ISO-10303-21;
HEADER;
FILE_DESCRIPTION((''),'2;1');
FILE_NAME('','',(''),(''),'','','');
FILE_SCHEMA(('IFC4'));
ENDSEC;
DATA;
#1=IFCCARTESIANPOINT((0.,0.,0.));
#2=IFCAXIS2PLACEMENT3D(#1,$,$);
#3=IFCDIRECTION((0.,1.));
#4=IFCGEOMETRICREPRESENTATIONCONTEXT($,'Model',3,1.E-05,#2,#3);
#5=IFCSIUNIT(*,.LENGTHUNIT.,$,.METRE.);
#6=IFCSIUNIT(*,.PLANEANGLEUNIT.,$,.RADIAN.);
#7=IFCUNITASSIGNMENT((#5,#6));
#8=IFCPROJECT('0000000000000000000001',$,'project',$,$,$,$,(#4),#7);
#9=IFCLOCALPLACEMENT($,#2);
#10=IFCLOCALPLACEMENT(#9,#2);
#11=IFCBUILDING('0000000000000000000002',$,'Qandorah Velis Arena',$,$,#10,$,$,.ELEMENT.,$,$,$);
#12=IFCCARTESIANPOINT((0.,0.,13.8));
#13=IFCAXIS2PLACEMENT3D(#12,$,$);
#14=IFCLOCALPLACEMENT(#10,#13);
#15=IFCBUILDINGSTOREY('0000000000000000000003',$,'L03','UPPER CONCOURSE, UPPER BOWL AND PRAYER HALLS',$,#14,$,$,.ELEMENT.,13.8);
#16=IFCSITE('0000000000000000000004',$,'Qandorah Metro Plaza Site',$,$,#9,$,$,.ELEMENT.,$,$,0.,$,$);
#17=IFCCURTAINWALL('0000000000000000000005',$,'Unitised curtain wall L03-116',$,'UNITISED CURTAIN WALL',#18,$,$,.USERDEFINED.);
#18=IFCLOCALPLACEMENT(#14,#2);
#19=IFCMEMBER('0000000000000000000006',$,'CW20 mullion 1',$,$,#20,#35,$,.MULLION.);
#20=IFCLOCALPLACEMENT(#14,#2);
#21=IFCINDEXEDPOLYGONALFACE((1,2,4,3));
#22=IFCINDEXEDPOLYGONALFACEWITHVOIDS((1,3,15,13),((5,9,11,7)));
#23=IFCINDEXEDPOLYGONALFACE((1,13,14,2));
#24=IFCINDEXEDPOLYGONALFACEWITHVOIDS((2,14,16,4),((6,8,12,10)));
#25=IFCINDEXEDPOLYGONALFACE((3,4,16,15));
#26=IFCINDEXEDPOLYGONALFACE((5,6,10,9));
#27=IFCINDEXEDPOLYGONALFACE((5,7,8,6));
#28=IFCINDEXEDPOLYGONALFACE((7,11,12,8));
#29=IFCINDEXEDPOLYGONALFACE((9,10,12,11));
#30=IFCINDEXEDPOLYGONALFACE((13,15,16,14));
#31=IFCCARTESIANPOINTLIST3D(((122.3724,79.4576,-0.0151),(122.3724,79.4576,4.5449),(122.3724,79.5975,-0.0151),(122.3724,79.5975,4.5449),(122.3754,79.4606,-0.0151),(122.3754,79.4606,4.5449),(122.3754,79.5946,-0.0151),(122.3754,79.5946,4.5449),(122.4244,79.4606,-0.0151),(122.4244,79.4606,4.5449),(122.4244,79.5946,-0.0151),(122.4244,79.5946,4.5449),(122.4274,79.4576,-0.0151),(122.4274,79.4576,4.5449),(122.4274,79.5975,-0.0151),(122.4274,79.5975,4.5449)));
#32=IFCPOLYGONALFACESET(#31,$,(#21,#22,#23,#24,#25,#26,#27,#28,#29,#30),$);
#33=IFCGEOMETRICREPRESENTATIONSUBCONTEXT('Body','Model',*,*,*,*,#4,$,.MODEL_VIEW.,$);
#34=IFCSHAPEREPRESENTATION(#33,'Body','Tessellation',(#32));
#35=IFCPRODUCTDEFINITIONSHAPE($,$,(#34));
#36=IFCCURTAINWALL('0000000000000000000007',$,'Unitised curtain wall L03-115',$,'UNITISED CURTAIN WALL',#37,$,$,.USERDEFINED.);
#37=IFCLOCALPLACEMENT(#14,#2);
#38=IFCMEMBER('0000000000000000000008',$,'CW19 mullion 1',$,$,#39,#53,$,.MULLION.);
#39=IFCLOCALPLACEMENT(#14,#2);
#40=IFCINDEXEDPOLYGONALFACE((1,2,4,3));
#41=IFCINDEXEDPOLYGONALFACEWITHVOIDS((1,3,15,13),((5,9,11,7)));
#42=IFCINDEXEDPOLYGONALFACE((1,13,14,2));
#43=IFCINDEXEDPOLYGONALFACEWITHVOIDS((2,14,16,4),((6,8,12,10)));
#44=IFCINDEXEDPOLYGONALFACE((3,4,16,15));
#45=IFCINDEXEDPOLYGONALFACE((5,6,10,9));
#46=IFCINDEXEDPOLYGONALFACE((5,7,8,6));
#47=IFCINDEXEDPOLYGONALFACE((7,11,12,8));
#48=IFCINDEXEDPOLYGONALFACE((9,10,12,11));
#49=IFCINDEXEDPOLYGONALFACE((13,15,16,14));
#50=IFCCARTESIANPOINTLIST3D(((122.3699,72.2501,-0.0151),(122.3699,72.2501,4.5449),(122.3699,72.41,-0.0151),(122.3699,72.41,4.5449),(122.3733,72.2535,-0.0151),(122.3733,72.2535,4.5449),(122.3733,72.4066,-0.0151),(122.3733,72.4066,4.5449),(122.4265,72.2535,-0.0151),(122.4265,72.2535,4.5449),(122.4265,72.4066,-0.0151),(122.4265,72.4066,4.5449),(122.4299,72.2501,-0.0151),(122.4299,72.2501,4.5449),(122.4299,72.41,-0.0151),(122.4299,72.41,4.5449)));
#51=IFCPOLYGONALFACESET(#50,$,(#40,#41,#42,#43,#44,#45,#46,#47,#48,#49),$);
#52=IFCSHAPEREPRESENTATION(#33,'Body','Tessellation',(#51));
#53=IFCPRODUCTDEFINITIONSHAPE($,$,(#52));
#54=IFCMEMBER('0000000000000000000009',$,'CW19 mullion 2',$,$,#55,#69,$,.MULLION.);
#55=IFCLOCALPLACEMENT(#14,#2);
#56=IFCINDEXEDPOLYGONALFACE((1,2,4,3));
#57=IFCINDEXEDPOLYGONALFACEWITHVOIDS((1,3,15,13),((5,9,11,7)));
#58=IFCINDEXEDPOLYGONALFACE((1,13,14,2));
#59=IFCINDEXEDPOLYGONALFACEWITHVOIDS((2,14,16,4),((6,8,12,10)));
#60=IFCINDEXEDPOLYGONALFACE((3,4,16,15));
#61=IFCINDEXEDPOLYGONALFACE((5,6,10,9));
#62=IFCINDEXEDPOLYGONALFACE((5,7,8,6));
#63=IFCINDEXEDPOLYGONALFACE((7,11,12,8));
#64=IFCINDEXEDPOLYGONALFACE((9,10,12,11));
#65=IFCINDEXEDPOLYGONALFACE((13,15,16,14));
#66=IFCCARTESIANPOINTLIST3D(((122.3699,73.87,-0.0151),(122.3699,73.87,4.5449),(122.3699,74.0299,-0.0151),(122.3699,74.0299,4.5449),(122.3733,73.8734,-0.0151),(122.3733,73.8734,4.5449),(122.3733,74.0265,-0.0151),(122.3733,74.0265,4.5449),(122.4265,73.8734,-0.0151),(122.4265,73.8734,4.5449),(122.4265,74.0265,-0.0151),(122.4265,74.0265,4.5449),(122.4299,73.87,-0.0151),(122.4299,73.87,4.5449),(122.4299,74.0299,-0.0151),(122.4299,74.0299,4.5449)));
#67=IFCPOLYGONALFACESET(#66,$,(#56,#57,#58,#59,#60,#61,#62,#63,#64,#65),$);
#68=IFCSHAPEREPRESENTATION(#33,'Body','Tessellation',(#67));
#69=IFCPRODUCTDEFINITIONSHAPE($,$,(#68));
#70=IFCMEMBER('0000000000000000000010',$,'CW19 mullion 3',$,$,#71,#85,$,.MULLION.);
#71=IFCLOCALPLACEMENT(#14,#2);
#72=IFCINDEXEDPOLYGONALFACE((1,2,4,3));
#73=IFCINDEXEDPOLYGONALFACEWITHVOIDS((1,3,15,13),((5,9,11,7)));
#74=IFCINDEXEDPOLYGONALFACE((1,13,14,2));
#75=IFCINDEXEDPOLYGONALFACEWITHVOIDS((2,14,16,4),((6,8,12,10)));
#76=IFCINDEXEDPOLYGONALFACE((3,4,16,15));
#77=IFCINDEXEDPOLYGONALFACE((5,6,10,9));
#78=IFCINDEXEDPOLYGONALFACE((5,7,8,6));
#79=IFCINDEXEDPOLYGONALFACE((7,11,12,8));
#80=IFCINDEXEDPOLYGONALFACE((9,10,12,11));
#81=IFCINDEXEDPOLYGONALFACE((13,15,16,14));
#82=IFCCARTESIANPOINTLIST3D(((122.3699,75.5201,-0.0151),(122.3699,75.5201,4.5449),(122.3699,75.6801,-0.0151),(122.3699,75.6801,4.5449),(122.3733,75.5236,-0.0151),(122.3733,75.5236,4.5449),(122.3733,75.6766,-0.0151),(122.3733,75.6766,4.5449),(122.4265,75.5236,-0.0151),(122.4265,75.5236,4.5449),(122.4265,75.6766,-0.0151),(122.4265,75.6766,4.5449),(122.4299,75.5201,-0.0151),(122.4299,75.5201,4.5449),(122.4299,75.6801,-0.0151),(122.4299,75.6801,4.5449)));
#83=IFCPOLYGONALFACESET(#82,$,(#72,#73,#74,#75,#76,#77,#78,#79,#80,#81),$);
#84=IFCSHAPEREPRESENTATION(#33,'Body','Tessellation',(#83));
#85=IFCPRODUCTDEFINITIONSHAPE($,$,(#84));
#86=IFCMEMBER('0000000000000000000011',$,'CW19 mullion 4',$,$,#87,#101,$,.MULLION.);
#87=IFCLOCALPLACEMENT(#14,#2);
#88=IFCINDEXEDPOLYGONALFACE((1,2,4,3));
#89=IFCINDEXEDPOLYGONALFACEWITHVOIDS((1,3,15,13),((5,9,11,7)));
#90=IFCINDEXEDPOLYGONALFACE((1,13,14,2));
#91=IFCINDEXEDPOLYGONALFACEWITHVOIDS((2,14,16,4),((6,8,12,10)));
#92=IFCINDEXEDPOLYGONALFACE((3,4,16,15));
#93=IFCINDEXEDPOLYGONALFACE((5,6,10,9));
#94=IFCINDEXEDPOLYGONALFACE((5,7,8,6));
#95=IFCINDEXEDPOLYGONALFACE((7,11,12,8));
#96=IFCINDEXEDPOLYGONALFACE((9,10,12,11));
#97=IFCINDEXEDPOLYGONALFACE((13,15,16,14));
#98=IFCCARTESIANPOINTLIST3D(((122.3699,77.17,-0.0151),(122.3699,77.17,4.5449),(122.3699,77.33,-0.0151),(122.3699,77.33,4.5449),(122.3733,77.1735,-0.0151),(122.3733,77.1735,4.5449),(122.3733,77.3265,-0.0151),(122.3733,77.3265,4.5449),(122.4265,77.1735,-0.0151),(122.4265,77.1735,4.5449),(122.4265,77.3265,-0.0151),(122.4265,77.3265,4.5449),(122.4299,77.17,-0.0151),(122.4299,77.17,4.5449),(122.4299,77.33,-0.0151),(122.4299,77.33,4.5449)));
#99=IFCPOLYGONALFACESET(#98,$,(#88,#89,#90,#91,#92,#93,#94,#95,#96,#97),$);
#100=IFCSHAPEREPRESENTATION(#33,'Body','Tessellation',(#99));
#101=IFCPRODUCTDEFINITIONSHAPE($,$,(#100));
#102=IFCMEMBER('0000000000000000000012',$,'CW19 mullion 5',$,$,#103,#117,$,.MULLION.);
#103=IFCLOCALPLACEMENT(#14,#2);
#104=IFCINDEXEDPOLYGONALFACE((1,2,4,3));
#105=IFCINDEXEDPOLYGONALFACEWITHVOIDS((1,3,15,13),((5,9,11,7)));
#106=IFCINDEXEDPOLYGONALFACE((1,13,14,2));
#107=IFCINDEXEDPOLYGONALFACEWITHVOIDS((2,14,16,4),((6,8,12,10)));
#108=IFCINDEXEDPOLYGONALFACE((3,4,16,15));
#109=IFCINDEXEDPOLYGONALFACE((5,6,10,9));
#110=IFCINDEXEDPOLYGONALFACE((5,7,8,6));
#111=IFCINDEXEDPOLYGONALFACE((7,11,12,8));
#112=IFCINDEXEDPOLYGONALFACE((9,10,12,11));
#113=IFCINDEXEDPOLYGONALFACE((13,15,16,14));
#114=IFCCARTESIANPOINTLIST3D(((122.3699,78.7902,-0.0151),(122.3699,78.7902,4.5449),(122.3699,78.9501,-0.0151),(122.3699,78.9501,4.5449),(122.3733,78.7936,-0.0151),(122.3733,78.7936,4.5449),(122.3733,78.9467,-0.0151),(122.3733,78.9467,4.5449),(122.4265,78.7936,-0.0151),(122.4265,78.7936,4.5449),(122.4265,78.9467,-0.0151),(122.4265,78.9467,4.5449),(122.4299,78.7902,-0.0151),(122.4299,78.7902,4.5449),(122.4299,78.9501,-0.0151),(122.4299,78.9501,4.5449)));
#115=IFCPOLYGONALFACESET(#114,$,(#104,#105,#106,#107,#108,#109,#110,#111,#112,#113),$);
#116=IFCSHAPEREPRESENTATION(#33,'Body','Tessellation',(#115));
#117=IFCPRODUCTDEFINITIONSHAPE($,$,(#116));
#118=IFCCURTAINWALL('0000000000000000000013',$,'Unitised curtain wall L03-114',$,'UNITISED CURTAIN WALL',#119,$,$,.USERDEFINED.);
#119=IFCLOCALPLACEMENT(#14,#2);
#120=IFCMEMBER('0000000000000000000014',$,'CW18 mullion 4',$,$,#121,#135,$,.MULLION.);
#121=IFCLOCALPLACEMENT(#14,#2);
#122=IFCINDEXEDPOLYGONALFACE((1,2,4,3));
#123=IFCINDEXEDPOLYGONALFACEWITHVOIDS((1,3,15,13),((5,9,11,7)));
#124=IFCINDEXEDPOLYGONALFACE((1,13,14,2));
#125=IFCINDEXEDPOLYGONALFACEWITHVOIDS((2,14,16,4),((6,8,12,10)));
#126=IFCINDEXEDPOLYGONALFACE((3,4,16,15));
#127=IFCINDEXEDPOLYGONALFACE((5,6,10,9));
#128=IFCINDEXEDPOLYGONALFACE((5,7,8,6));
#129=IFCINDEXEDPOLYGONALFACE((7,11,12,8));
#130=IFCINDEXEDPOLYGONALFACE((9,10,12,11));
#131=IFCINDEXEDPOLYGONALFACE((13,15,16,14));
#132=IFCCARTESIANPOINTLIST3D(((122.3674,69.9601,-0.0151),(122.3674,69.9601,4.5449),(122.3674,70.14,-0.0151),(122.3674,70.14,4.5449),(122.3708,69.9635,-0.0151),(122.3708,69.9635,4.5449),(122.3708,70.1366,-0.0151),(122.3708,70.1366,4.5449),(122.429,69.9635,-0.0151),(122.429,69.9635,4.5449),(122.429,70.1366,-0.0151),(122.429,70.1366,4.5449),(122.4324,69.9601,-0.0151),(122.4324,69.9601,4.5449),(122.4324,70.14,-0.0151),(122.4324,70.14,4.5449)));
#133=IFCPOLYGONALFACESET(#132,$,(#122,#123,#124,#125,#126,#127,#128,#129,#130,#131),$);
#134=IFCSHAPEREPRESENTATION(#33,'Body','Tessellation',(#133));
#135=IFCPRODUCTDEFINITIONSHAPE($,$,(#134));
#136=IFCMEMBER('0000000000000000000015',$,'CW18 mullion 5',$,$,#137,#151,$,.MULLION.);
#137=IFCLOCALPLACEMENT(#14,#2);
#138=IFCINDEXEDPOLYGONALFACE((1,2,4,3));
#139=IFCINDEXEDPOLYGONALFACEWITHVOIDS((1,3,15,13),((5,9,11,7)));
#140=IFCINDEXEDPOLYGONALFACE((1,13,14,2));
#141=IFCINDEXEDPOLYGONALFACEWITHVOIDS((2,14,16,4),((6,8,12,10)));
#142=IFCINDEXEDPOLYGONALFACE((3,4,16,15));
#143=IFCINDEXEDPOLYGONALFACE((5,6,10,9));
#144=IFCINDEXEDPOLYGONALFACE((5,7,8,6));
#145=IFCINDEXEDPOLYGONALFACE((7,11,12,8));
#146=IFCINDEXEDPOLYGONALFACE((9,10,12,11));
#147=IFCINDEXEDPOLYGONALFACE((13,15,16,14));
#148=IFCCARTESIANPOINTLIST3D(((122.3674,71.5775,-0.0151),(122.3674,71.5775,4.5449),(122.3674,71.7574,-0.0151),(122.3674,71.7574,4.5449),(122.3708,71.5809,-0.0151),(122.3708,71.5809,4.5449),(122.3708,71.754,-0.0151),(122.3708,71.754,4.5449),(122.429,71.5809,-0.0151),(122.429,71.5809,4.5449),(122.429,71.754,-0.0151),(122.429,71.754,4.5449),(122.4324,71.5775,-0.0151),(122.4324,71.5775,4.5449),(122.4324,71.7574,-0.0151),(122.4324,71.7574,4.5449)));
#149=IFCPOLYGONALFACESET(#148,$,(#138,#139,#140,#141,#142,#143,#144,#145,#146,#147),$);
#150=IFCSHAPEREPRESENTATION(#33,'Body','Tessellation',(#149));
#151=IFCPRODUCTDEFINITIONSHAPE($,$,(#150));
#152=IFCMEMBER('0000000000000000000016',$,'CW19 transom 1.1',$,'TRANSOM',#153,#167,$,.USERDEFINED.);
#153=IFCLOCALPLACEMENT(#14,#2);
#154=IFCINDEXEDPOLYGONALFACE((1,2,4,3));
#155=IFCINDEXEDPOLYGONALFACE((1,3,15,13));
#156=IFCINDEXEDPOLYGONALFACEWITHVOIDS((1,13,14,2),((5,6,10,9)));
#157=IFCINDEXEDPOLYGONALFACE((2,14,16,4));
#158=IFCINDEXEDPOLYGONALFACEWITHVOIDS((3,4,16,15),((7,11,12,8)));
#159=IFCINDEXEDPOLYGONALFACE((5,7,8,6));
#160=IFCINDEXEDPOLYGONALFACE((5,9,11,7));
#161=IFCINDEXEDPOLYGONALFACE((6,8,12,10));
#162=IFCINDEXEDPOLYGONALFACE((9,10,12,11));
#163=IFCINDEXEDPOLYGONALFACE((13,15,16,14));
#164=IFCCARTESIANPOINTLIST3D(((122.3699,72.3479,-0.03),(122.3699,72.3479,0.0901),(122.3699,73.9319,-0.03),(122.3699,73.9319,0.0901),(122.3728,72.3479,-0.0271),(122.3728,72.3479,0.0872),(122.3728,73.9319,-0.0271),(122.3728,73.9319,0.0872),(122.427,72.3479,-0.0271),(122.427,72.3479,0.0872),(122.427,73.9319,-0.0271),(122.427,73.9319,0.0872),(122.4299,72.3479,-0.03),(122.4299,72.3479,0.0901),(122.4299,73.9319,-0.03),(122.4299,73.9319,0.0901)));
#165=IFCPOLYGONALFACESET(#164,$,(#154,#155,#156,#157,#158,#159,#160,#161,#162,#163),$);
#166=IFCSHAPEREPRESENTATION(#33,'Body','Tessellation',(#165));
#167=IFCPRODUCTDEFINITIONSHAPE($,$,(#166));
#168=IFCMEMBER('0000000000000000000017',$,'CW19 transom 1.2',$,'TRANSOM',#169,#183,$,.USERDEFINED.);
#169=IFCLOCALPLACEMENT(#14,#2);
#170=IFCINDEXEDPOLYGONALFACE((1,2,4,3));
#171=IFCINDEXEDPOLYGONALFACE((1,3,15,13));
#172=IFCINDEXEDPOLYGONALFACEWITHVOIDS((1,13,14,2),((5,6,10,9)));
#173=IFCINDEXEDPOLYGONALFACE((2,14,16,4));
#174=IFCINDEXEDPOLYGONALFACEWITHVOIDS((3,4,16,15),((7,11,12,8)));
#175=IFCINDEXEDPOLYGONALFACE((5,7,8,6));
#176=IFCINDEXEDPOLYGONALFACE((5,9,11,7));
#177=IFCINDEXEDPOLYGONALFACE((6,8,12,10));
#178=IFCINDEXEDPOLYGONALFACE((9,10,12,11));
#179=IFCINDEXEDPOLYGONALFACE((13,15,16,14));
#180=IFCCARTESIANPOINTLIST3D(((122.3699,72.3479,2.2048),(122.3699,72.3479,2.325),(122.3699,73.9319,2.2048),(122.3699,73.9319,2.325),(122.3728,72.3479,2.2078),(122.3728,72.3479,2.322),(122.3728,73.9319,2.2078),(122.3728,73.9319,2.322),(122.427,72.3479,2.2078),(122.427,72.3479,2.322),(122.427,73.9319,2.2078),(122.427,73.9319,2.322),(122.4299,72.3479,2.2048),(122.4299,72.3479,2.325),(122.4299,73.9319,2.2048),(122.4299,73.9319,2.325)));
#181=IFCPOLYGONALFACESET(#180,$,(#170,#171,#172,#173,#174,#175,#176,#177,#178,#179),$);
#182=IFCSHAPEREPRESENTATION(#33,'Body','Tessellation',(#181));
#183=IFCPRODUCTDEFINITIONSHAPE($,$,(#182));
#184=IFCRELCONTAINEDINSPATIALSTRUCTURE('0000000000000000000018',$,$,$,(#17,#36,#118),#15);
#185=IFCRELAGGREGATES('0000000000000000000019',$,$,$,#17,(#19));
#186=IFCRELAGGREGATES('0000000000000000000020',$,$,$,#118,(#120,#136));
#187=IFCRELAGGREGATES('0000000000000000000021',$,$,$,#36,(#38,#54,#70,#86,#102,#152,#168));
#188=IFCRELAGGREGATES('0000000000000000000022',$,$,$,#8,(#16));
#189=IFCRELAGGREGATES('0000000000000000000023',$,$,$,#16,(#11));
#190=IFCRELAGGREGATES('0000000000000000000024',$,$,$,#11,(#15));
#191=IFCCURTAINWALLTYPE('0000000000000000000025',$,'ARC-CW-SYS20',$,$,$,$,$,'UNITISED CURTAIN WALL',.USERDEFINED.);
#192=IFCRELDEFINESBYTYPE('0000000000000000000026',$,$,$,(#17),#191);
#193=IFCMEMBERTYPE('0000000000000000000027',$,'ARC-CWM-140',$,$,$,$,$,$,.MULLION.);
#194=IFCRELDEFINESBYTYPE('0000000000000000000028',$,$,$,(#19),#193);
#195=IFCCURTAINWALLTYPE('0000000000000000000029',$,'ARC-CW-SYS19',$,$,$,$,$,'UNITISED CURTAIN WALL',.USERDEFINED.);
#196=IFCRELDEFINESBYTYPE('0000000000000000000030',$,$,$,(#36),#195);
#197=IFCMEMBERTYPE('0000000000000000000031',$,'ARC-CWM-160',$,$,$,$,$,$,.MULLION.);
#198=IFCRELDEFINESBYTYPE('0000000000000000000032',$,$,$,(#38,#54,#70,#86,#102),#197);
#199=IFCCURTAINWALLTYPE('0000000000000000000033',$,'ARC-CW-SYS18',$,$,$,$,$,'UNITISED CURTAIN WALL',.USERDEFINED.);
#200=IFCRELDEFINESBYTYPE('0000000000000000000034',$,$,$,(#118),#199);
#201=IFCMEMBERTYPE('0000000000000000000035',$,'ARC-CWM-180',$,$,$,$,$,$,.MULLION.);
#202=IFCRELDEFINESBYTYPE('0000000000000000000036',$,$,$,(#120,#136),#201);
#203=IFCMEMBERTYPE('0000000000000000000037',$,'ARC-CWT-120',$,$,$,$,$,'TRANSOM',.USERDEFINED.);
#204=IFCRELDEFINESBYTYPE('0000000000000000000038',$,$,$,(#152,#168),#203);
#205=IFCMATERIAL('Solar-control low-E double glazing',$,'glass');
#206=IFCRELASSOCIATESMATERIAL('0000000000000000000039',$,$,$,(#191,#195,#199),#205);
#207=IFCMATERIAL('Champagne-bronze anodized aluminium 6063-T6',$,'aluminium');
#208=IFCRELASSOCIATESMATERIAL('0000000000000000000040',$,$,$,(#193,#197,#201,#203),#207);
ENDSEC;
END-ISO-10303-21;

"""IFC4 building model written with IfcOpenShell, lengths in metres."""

from ifc_helpers import new_model, si_unit, direction, frame, origin, origin_2d, place, context, subcontext, project, spatial, hollow_rectangle, extrude, material, material_profile, profile_set, type_object, element, aggregate, save


model = new_model("IFC4")

# Units and contexts
model_context = context("Model", 3, precision=1e-05, world=origin(), true_north=direction((0.0, 1.0)))
body_context = subcontext(model_context, "Body", "Model", "MODEL_VIEW")
ifc_project = project(units=[si_unit("LENGTHUNIT", "METRE"), si_unit("PLANEANGLEUNIT", "RADIAN")], contexts=[model_context])

# Site, building, storey
site_placement = place(None, origin())
site = spatial("IfcSite", under=ifc_project, at=site_placement, Name="Qandorah Metro Plaza Site", CompositionType="ELEMENT", RefElevation=0.0)
building_placement = place(site_placement, origin())
building = spatial("IfcBuilding", under=site, at=building_placement, Name="Qandorah Velis Arena", CompositionType="ELEMENT")
storey_placement = place(building_placement, frame((0.0, 0.0, 13.8)))
storey = spatial("IfcBuildingStorey", under=building, at=storey_placement, Name="L03", Description="UPPER CONCOURSE, UPPER BOWL AND PRAYER HALLS", CompositionType="ELEMENT", Elevation=13.8)

# Curtain wall, member
ifc_material_1 = material(Name="Solar-control low-E double glazing", Category="glass")
curtain_wall_type_1 = type_object("IfcCurtainWallType", Name="ARC-CW-SYS20", ElementType="UNITISED CURTAIN WALL", PredefinedType="USERDEFINED", material=ifc_material_1)
curtain_wall_1_placement = place(storey_placement, origin())
curtain_wall_1 = element("IfcCurtainWall", 1, at=curtain_wall_1_placement, inside=storey, type_object=curtain_wall_type_1, Name="Unitised curtain wall L03-116", ObjectType="UNITISED CURTAIN WALL", PredefinedType="USERDEFINED")
ifc_material_2 = material(Name="Champagne-bronze anodized aluminium 6063-T6", Category="aluminium")
ifc_material_profile_1 = material_profile(ifc_material_2, hollow_rectangle(XDim=0.0549, YDim=0.1399, WallThickness=0.0029, at=origin_2d()), Name="ALU MULLION 55x140")
ifc_profile_set_1 = profile_set([ifc_material_profile_1], Name="Champagne-bronze anodized aluminium 6063-T6")
member_type_1 = type_object("IfcMemberType", Name="ARC-CWM-140", PredefinedType="MULLION", material=ifc_profile_set_1)
member_1_placement = place(storey_placement, frame((122.3999, 79.5276, -0.0151), z_axis=(0.0, 0.0, 1.0), x_axis=(-1.0, 0.0, 0.0)))
member_1 = element("IfcMember", 2, at=member_1_placement, type_object=member_type_1, Name="CW20 mullion 1", PredefinedType="MULLION", context=body_context, shape_type="SweptSolid", body=[
    extrude(hollow_rectangle(XDim=0.0549, YDim=0.1399, WallThickness=0.0029, at=origin_2d()), origin(), (0.0, 0.0, 1.0), 4.5601),
])
aggregate(curtain_wall_1, [member_1])

# Curtain walls, members
curtain_wall_type_2 = type_object("IfcCurtainWallType", Name="ARC-CW-SYS19", ElementType="UNITISED CURTAIN WALL", PredefinedType="USERDEFINED", material=ifc_material_1)
curtain_wall_2_placement = place(storey_placement, origin())
curtain_wall_2 = element("IfcCurtainWall", 3, at=curtain_wall_2_placement, inside=storey, type_object=curtain_wall_type_2, Name="Unitised curtain wall L03-115", ObjectType="UNITISED CURTAIN WALL", PredefinedType="USERDEFINED")
ifc_material_profile_2 = material_profile(ifc_material_2, hollow_rectangle(XDim=0.0601, YDim=0.1599, WallThickness=0.0034, at=origin_2d()), Name="ALU MULLION 60x160")
ifc_profile_set_2 = profile_set([ifc_material_profile_2], Name="Champagne-bronze anodized aluminium 6063-T6")
member_type_2 = type_object("IfcMemberType", Name="ARC-CWM-160", PredefinedType="MULLION", material=ifc_profile_set_2)
member_2_placement = place(storey_placement, frame((122.3999, 72.3301, -0.0151), z_axis=(0.0, 0.0, 1.0), x_axis=(-1.0, 0.0, 0.0)))
member_2 = element("IfcMember", 4, at=member_2_placement, type_object=member_type_2, Name="CW19 mullion 1", PredefinedType="MULLION", context=body_context, shape_type="SweptSolid", body=[
    extrude(hollow_rectangle(XDim=0.0601, YDim=0.1599, WallThickness=0.0034, at=origin_2d()), origin(), (0.0, 0.0, 1.0), 4.5601),
])
member_3_placement = place(storey_placement, frame((122.3999, 73.95, -0.0151), z_axis=(0.0, 0.0, 1.0), x_axis=(-1.0, 0.0, 0.0)))
member_3 = element("IfcMember", 5, at=member_3_placement, type_object=member_type_2, Name="CW19 mullion 2", PredefinedType="MULLION", context=body_context, shape_type="SweptSolid", body=[
    extrude(hollow_rectangle(XDim=0.0601, YDim=0.1599, WallThickness=0.0034, at=origin_2d()), origin(), (0.0, 0.0, 1.0), 4.5601),
])
member_4_placement = place(storey_placement, frame((122.3999, 75.6001, -0.0151), z_axis=(0.0, 0.0, 1.0), x_axis=(-1.0, 0.0, 0.0)))
member_4 = element("IfcMember", 6, at=member_4_placement, type_object=member_type_2, Name="CW19 mullion 3", PredefinedType="MULLION", context=body_context, shape_type="SweptSolid", body=[
    extrude(hollow_rectangle(XDim=0.0601, YDim=0.1599, WallThickness=0.0034, at=origin_2d()), origin(), (0.0, 0.0, 1.0), 4.5601),
])
member_5_placement = place(storey_placement, frame((122.3999, 77.25, -0.0151), z_axis=(0.0, 0.0, 1.0), x_axis=(-1.0, 0.0, 0.0)))
member_5 = element("IfcMember", 7, at=member_5_placement, type_object=member_type_2, Name="CW19 mullion 4", PredefinedType="MULLION", context=body_context, shape_type="SweptSolid", body=[
    extrude(hollow_rectangle(XDim=0.0601, YDim=0.1599, WallThickness=0.0034, at=origin_2d()), origin(), (0.0, 0.0, 1.0), 4.5601),
])
member_6_placement = place(storey_placement, frame((122.3999, 78.8701, -0.0151), z_axis=(0.0, 0.0, 1.0), x_axis=(-1.0, 0.0, 0.0)))
member_6 = element("IfcMember", 8, at=member_6_placement, type_object=member_type_2, Name="CW19 mullion 5", PredefinedType="MULLION", context=body_context, shape_type="SweptSolid", body=[
    extrude(hollow_rectangle(XDim=0.0601, YDim=0.1599, WallThickness=0.0034, at=origin_2d()), origin(), (0.0, 0.0, 1.0), 4.5601),
])
curtain_wall_type_3 = type_object("IfcCurtainWallType", Name="ARC-CW-SYS18", ElementType="UNITISED CURTAIN WALL", PredefinedType="USERDEFINED", material=ifc_material_1)
curtain_wall_3_placement = place(storey_placement, origin())
curtain_wall_3 = element("IfcCurtainWall", 9, at=curtain_wall_3_placement, inside=storey, type_object=curtain_wall_type_3, Name="Unitised curtain wall L03-114", ObjectType="UNITISED CURTAIN WALL", PredefinedType="USERDEFINED")
ifc_material_profile_3 = material_profile(ifc_material_2, hollow_rectangle(XDim=0.0649, YDim=0.1799, WallThickness=0.0034, at=origin_2d()), Name="ALU MULLION 65x180")
ifc_profile_set_3 = profile_set([ifc_material_profile_3], Name="Champagne-bronze anodized aluminium 6063-T6")
member_type_3 = type_object("IfcMemberType", Name="ARC-CWM-180", PredefinedType="MULLION", material=ifc_profile_set_3)
member_7_placement = place(storey_placement, frame((122.3999, 70.05, -0.0151), z_axis=(0.0, 0.0, 1.0), x_axis=(-1.0, 0.0, 0.0)))
member_7 = element("IfcMember", 10, at=member_7_placement, type_object=member_type_3, Name="CW18 mullion 4", PredefinedType="MULLION", context=body_context, shape_type="SweptSolid", body=[
    extrude(hollow_rectangle(XDim=0.0649, YDim=0.1799, WallThickness=0.0034, at=origin_2d()), origin(), (0.0, 0.0, 1.0), 4.5601),
])
member_8_placement = place(storey_placement, frame((122.3999, 71.6675, -0.0151), z_axis=(0.0, 0.0, 1.0), x_axis=(-1.0, 0.0, 0.0)))
member_8 = element("IfcMember", 11, at=member_8_placement, type_object=member_type_3, Name="CW18 mullion 5", PredefinedType="MULLION", context=body_context, shape_type="SweptSolid", body=[
    extrude(hollow_rectangle(XDim=0.0649, YDim=0.1799, WallThickness=0.0034, at=origin_2d()), origin(), (0.0, 0.0, 1.0), 4.5601),
])

# Members
ifc_material_profile_4 = material_profile(ifc_material_2, hollow_rectangle(XDim=0.0601, YDim=0.1201, WallThickness=0.0029, at=origin_2d()), Name="ALU TRANSOM 60x120")
ifc_profile_set_4 = profile_set([ifc_material_profile_4], Name="Champagne-bronze anodized aluminium 6063-T6")
member_type_4 = type_object("IfcMemberType", Name="ARC-CWT-120", ElementType="TRANSOM", PredefinedType="USERDEFINED", material=ifc_profile_set_4)
member_9_placement = place(storey_placement, frame((122.3999, 72.3479, 0.03), z_axis=(0.0, 1.0, 0.0), x_axis=(-1.0, 0.0, 0.0)))
member_9 = element("IfcMember", 12, at=member_9_placement, type_object=member_type_4, Name="CW19 transom 1.1", ObjectType="TRANSOM", PredefinedType="USERDEFINED", context=body_context, shape_type="SweptSolid", body=[
    extrude(hollow_rectangle(XDim=0.0601, YDim=0.1201, WallThickness=0.0029, at=origin_2d()), origin(), (0.0, 0.0, 1.0), 1.584),
])
member_10_placement = place(storey_placement, frame((122.3999, 72.3479, 2.2649), z_axis=(0.0, 1.0, 0.0), x_axis=(-1.0, 0.0, 0.0)))
member_10 = element("IfcMember", 13, at=member_10_placement, type_object=member_type_4, Name="CW19 transom 1.2", ObjectType="TRANSOM", PredefinedType="USERDEFINED", context=body_context, shape_type="SweptSolid", body=[
    extrude(hollow_rectangle(XDim=0.0601, YDim=0.1201, WallThickness=0.0029, at=origin_2d()), origin(), (0.0, 0.0, 1.0), 1.584),
])

aggregate(curtain_wall_3, [member_7, member_8])
aggregate(curtain_wall_2, [member_2, member_3, member_4, member_5, member_6, member_9, member_10])

save(model, "model.ifc")
